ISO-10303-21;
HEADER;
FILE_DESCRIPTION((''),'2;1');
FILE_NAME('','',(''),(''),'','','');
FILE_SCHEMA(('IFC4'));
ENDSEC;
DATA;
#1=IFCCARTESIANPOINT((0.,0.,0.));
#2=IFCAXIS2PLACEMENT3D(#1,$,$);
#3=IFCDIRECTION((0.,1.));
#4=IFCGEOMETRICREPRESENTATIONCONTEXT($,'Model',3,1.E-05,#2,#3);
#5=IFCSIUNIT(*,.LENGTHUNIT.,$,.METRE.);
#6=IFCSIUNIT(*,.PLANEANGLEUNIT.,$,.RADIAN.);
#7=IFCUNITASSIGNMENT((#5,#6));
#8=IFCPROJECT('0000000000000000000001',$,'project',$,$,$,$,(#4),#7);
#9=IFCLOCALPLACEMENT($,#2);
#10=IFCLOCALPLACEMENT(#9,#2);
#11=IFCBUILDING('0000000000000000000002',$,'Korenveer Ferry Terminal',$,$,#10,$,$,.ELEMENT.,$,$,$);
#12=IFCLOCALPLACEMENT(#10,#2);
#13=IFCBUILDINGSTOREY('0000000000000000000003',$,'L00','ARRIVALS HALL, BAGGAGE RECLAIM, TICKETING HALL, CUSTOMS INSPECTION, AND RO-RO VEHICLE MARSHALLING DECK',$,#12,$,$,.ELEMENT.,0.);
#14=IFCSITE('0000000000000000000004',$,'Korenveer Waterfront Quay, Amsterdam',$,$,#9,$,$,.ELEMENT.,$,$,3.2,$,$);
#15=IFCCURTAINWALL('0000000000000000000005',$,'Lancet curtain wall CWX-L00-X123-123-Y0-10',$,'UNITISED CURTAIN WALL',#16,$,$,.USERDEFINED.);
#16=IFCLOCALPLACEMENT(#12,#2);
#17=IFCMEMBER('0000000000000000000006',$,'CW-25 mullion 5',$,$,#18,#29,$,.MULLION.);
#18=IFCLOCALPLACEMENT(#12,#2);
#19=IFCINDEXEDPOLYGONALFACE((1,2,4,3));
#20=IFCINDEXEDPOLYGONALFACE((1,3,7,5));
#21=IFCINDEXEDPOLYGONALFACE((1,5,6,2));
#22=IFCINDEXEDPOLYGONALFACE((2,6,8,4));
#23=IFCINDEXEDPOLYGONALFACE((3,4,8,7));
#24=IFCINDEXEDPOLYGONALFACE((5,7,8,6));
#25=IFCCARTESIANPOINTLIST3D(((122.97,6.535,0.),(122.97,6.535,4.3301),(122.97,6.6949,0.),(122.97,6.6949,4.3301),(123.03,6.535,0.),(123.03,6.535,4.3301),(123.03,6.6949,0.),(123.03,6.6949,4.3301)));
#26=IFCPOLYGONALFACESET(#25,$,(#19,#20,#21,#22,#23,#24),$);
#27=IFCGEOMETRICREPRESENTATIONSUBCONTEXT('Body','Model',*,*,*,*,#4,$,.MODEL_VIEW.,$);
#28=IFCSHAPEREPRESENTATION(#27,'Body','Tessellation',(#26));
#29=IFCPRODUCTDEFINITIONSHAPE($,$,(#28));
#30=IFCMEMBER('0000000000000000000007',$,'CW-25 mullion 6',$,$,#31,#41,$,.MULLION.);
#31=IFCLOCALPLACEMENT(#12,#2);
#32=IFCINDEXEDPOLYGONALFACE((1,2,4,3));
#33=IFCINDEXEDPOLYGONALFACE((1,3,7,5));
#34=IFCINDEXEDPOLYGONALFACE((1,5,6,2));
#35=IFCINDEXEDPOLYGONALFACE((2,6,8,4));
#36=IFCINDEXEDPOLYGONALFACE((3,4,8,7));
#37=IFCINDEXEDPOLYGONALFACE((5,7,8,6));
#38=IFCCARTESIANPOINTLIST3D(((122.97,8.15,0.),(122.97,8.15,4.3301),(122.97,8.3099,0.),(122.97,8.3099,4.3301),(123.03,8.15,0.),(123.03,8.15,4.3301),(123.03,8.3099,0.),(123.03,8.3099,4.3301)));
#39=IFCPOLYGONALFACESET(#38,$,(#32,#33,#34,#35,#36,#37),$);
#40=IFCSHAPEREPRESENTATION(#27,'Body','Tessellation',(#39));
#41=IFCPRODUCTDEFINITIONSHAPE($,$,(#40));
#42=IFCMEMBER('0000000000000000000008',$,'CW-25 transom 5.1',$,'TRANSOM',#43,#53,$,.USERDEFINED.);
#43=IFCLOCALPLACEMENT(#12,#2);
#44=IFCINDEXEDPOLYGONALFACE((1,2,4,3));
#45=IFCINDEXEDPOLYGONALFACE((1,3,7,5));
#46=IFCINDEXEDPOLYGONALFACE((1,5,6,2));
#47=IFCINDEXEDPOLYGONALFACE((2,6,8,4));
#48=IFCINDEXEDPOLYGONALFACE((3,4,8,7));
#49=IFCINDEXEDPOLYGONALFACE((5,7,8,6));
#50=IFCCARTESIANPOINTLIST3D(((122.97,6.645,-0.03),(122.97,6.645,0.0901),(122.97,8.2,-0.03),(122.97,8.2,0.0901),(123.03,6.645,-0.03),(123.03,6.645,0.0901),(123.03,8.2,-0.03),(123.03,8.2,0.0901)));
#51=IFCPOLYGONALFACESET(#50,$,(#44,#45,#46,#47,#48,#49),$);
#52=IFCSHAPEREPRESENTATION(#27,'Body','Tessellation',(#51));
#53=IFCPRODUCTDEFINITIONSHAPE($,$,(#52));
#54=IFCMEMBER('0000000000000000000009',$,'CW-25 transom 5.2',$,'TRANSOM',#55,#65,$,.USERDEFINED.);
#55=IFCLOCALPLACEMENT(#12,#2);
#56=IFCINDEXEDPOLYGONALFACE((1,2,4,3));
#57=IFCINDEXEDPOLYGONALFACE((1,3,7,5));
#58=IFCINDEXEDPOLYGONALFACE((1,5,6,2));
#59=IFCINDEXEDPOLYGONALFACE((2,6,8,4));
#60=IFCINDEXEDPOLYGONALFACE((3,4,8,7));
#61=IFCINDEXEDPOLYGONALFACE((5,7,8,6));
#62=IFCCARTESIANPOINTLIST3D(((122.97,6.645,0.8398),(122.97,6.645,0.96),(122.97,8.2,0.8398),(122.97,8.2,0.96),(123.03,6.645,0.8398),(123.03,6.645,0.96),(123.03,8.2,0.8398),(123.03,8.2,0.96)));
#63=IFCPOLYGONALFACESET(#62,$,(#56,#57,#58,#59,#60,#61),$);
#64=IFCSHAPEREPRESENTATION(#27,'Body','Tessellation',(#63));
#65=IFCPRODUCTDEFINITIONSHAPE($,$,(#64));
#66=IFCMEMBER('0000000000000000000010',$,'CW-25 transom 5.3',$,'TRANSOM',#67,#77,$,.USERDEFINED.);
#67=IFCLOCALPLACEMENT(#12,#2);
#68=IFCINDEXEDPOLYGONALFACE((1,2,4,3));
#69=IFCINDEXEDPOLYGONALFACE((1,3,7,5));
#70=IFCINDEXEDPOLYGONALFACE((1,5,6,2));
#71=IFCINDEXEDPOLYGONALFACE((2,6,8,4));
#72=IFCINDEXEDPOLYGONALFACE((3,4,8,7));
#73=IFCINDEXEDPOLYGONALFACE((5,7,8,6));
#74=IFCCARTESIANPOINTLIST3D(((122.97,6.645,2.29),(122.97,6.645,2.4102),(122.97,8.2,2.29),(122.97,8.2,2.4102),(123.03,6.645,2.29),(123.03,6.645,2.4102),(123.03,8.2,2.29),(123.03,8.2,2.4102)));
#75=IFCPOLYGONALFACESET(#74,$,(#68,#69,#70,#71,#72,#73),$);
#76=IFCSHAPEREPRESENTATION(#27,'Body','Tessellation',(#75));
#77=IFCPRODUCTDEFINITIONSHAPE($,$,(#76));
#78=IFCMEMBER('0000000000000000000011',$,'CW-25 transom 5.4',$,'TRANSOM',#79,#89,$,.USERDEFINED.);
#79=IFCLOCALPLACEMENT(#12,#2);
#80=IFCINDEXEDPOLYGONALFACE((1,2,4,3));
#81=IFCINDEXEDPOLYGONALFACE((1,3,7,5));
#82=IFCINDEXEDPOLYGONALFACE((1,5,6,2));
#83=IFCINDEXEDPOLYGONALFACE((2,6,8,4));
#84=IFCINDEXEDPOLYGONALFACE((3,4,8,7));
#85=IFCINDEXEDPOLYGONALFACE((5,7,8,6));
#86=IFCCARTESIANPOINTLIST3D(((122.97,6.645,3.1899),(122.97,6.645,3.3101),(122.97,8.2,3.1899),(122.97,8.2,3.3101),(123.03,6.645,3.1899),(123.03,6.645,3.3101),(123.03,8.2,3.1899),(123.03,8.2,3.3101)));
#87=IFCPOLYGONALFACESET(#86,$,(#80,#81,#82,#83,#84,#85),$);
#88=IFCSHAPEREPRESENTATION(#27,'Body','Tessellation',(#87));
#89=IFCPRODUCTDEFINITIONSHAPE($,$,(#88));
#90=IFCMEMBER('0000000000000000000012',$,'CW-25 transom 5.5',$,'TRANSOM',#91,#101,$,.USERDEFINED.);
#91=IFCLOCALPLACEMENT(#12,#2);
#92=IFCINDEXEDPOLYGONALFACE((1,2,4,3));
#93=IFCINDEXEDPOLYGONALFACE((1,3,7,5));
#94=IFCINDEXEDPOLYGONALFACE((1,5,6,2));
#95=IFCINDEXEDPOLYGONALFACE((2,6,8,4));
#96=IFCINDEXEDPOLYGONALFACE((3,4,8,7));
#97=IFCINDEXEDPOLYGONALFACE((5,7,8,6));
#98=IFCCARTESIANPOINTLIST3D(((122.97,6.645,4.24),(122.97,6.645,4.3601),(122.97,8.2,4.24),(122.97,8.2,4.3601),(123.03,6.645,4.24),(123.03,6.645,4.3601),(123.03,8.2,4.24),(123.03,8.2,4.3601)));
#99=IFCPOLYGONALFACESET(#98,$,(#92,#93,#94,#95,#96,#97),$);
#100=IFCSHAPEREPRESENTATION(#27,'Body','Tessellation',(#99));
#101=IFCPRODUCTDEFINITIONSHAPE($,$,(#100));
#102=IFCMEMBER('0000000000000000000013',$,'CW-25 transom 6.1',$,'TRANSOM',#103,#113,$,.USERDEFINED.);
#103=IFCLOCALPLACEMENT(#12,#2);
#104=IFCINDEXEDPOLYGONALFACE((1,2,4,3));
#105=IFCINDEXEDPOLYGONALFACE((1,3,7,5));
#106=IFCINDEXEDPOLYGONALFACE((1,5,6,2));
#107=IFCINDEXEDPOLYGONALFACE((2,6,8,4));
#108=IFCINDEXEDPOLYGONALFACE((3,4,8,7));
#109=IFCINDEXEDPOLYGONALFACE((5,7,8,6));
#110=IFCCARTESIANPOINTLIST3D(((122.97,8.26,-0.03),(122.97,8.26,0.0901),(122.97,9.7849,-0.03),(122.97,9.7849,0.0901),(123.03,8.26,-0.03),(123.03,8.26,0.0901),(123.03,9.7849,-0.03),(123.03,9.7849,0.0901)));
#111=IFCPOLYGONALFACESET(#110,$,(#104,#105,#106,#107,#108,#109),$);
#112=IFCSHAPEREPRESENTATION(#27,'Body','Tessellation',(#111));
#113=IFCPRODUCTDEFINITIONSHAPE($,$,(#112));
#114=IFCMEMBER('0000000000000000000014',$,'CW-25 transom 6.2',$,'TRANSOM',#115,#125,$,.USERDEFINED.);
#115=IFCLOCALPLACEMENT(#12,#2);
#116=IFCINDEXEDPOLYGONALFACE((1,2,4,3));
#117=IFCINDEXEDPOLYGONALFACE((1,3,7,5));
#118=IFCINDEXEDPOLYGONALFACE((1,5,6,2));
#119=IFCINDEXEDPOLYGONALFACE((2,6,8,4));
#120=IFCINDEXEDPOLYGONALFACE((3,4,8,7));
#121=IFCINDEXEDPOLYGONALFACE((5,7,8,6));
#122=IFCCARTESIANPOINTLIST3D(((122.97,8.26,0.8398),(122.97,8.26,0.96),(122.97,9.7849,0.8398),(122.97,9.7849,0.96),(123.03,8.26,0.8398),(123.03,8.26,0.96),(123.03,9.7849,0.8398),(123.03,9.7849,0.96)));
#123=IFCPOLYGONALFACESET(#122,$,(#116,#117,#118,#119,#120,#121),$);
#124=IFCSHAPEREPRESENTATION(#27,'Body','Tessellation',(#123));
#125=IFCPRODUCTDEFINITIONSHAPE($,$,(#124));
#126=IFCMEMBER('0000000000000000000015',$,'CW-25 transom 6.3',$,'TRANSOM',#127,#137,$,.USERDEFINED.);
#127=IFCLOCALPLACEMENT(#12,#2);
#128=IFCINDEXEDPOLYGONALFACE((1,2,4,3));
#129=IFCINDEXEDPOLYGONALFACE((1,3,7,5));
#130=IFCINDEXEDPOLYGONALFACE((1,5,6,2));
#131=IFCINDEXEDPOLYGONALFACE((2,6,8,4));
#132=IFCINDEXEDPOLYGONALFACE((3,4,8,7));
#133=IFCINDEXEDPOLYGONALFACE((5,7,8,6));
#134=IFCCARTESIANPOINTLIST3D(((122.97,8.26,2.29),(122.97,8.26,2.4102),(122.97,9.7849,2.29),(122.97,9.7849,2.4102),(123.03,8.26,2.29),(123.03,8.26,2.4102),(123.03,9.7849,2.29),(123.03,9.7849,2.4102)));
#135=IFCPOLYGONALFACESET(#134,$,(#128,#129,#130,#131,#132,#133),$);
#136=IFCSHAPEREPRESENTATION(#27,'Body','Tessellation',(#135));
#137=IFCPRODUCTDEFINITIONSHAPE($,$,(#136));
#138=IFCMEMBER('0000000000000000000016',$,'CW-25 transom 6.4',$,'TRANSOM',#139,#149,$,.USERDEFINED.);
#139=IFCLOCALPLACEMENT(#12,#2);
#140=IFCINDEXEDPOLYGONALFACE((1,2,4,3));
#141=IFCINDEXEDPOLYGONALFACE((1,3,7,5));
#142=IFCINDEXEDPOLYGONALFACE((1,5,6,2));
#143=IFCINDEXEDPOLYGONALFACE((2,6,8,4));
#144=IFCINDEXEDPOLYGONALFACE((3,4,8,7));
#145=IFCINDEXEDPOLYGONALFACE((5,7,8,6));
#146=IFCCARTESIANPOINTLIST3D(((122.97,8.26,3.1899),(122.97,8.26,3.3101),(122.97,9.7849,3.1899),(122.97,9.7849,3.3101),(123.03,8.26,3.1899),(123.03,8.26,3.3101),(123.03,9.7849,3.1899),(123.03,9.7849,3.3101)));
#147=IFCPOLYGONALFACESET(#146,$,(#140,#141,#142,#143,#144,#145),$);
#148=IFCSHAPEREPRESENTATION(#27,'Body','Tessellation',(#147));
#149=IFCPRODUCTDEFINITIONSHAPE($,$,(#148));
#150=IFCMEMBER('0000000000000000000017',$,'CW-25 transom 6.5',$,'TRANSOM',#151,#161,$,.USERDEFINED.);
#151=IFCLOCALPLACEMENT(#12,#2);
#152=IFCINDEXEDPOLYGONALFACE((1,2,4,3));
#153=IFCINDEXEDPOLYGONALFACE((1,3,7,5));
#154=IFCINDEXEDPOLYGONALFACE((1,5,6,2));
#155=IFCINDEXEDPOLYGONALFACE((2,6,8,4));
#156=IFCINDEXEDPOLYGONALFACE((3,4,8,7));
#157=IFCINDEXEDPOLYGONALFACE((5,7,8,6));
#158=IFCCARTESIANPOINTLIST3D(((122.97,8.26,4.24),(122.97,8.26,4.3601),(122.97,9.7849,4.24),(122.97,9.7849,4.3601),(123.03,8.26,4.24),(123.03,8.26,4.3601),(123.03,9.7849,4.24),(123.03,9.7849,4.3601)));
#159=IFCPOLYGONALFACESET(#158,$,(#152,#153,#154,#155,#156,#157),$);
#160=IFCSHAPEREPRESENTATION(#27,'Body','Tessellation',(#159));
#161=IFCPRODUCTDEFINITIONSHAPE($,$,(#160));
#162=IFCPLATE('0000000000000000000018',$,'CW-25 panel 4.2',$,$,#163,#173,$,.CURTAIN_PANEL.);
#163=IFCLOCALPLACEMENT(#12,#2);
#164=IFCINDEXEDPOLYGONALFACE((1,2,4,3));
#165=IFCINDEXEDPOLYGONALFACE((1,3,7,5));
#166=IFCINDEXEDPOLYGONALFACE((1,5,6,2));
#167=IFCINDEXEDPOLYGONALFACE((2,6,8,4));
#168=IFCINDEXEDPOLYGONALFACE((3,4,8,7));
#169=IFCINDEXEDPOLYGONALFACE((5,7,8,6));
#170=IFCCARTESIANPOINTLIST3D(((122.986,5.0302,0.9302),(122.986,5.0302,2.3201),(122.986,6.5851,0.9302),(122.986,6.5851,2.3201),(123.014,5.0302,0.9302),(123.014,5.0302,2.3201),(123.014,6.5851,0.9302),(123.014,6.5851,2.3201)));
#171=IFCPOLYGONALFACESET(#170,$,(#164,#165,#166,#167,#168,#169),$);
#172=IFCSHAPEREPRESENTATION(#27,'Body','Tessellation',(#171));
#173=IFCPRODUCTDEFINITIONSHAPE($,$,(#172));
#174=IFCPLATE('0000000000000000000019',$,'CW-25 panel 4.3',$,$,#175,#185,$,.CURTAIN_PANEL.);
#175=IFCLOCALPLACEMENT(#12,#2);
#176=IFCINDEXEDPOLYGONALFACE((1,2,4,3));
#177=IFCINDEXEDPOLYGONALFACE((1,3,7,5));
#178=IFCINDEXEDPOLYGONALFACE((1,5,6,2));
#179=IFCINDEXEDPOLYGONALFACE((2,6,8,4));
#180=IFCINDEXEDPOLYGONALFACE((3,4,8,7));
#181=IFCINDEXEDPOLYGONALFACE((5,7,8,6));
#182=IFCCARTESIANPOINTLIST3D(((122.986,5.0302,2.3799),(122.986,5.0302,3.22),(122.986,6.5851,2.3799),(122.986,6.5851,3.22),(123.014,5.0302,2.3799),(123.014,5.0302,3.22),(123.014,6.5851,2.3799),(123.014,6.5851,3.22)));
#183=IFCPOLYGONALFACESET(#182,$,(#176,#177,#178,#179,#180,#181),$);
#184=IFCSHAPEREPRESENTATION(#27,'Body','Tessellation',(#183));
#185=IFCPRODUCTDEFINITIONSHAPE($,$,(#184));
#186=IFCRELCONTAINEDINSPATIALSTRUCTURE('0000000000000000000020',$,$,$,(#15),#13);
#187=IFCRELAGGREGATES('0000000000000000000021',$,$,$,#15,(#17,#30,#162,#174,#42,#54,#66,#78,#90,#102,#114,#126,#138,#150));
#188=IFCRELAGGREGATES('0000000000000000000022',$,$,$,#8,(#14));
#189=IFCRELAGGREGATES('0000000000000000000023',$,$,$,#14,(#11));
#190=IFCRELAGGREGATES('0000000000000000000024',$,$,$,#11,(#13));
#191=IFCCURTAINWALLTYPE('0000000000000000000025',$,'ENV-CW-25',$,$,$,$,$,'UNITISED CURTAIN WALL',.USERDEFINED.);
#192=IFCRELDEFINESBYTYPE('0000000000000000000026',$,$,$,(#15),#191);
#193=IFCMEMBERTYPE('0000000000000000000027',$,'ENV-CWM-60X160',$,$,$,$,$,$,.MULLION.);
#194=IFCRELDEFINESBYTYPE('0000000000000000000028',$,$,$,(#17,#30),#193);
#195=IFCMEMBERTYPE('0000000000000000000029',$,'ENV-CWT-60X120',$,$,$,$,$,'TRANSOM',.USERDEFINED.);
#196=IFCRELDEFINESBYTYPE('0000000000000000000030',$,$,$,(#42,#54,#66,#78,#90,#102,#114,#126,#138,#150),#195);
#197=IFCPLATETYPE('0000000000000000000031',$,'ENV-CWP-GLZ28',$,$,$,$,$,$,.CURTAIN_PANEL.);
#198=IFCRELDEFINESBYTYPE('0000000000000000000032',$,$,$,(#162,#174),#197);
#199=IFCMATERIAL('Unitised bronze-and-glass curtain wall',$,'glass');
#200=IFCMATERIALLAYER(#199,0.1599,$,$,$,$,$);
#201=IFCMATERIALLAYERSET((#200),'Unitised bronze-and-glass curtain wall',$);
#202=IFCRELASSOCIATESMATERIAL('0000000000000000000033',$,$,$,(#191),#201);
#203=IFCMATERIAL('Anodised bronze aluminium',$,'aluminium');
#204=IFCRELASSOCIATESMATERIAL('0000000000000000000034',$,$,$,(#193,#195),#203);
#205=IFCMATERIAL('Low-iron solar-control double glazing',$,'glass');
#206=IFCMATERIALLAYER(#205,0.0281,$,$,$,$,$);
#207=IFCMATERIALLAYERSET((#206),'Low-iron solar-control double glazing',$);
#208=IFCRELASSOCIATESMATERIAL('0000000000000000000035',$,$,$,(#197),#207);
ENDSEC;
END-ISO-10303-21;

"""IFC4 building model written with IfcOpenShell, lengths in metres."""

from ifc_helpers import new_model, si_unit, direction, frame, origin, origin_2d, place, context, subcontext, project, spatial, rectangle, extrude, material, layer, layer_set, material_profile, profile_set, type_object, element, aggregate, save


model = new_model("IFC4")

# Units and contexts
model_context = context("Model", 3, precision=1e-05, world=origin(), true_north=direction((0.0, 1.0)))
body_context = subcontext(model_context, "Body", "Model", "MODEL_VIEW")
ifc_project = project(units=[si_unit("LENGTHUNIT", "METRE"), si_unit("PLANEANGLEUNIT", "RADIAN")], contexts=[model_context])

# Site, building, storey
site_placement = place(None, origin())
site = spatial("IfcSite", under=ifc_project, at=site_placement, Name="Korenveer Waterfront Quay, Amsterdam", CompositionType="ELEMENT", RefElevation=3.2)
building_placement = place(site_placement, origin())
building = spatial("IfcBuilding", under=site, at=building_placement, Name="Korenveer Ferry Terminal", CompositionType="ELEMENT")
storey_placement = place(building_placement, origin())
storey = spatial("IfcBuildingStorey", under=building, at=storey_placement, Name="L00", Description="ARRIVALS HALL, BAGGAGE RECLAIM, TICKETING HALL, CUSTOMS INSPECTION, AND RO-RO VEHICLE MARSHALLING DECK", CompositionType="ELEMENT", Elevation=0.0)

# Curtain wall, members, plates
ifc_material_1 = material(Name="Unitised bronze-and-glass curtain wall", Category="glass")
ifc_layer_1 = layer(ifc_material_1, 0.1599)
ifc_layer_set_1 = layer_set([ifc_layer_1], Name="Unitised bronze-and-glass curtain wall")
curtain_wall_type = type_object("IfcCurtainWallType", Name="ENV-CW-25", ElementType="UNITISED CURTAIN WALL", PredefinedType="USERDEFINED", material=ifc_layer_set_1)
curtain_wall_placement = place(storey_placement, frame((123.0, 0.155, 0.0)))
curtain_wall = element("IfcCurtainWall", 1, at=curtain_wall_placement, inside=storey, type_object=curtain_wall_type, Name="Lancet curtain wall CWX-L00-X123-123-Y0-10", ObjectType="UNITISED CURTAIN WALL", PredefinedType="USERDEFINED")
ifc_material_2 = material(Name="Anodised bronze aluminium", Category="aluminium")
ifc_material_profile_1 = material_profile(ifc_material_2, rectangle(XDim=0.0601, YDim=0.1599, at=origin_2d()), Name="ALU 60x160")
ifc_profile_set_1 = profile_set([ifc_material_profile_1], Name="Anodised bronze aluminium")
member_type_1 = type_object("IfcMemberType", Name="ENV-CWM-60X160", PredefinedType="MULLION", material=ifc_profile_set_1)
member_1_placement = place(storey_placement, frame((123.0, 6.615, 0.0), z_axis=(0.0, 0.0, 1.0), x_axis=(-1.0, 0.0, 0.0)))
member_1 = element("IfcMember", 2, at=member_1_placement, type_object=member_type_1, Name="CW-25 mullion 5", PredefinedType="MULLION", context=body_context, shape_type="SweptSolid", body=[
    extrude(rectangle(XDim=0.0601, YDim=0.1599, at=origin_2d()), origin(), (0.0, 0.0, 1.0), 4.3301),
])
member_2_placement = place(storey_placement, frame((123.0, 8.23, 0.0), z_axis=(0.0, 0.0, 1.0), x_axis=(-1.0, 0.0, 0.0)))
member_2 = element("IfcMember", 3, at=member_2_placement, type_object=member_type_1, Name="CW-25 mullion 6", PredefinedType="MULLION", context=body_context, shape_type="SweptSolid", body=[
    extrude(rectangle(XDim=0.0601, YDim=0.1599, at=origin_2d()), origin(), (0.0, 0.0, 1.0), 4.3301),
])
ifc_material_profile_2 = material_profile(ifc_material_2, rectangle(XDim=0.0601, YDim=0.1201, at=origin_2d()), Name="ALU 60x120")
ifc_profile_set_2 = profile_set([ifc_material_profile_2], Name="Anodised bronze aluminium")
member_type_2 = type_object("IfcMemberType", Name="ENV-CWT-60X120", ElementType="TRANSOM", PredefinedType="USERDEFINED", material=ifc_profile_set_2)
member_3_placement = place(storey_placement, frame((123.0, 6.645, 0.03), z_axis=(0.0, 1.0, 0.0), x_axis=(-1.0, 0.0, 0.0)))
member_3 = element("IfcMember", 4, at=member_3_placement, type_object=member_type_2, Name="CW-25 transom 5.1", ObjectType="TRANSOM", PredefinedType="USERDEFINED", context=body_context, shape_type="SweptSolid", body=[
    extrude(rectangle(XDim=0.0601, YDim=0.1201, at=origin_2d()), origin(), (0.0, 0.0, 1.0), 1.5549),
])
member_4_placement = place(storey_placement, frame((123.0, 6.645, 0.8999), z_axis=(0.0, 1.0, 0.0), x_axis=(-1.0, 0.0, 0.0)))
member_4 = element("IfcMember", 5, at=member_4_placement, type_object=member_type_2, Name="CW-25 transom 5.2", ObjectType="TRANSOM", PredefinedType="USERDEFINED", context=body_context, shape_type="SweptSolid", body=[
    extrude(rectangle(XDim=0.0601, YDim=0.1201, at=origin_2d()), origin(), (0.0, 0.0, 1.0), 1.5549),
])
member_5_placement = place(storey_placement, frame((123.0, 6.645, 2.3501), z_axis=(0.0, 1.0, 0.0), x_axis=(-1.0, 0.0, 0.0)))
member_5 = element("IfcMember", 6, at=member_5_placement, type_object=member_type_2, Name="CW-25 transom 5.3", ObjectType="TRANSOM", PredefinedType="USERDEFINED", context=body_context, shape_type="SweptSolid", body=[
    extrude(rectangle(XDim=0.0601, YDim=0.1201, at=origin_2d()), origin(), (0.0, 0.0, 1.0), 1.5549),
])
member_6_placement = place(storey_placement, frame((123.0, 6.645, 3.25), z_axis=(0.0, 1.0, 0.0), x_axis=(-1.0, 0.0, 0.0)))
member_6 = element("IfcMember", 7, at=member_6_placement, type_object=member_type_2, Name="CW-25 transom 5.4", ObjectType="TRANSOM", PredefinedType="USERDEFINED", context=body_context, shape_type="SweptSolid", body=[
    extrude(rectangle(XDim=0.0601, YDim=0.1201, at=origin_2d()), origin(), (0.0, 0.0, 1.0), 1.5549),
])
member_7_placement = place(storey_placement, frame((123.0, 6.645, 4.3), z_axis=(0.0, 1.0, 0.0), x_axis=(-1.0, 0.0, 0.0)))
member_7 = element("IfcMember", 8, at=member_7_placement, type_object=member_type_2, Name="CW-25 transom 5.5", ObjectType="TRANSOM", PredefinedType="USERDEFINED", context=body_context, shape_type="SweptSolid", body=[
    extrude(rectangle(XDim=0.0601, YDim=0.1201, at=origin_2d()), origin(), (0.0, 0.0, 1.0), 1.5549),
])
member_8_placement = place(storey_placement, frame((123.0, 8.26, 0.03), z_axis=(0.0, 1.0, 0.0), x_axis=(-1.0, 0.0, 0.0)))
member_8 = element("IfcMember", 9, at=member_8_placement, type_object=member_type_2, Name="CW-25 transom 6.1", ObjectType="TRANSOM", PredefinedType="USERDEFINED", context=body_context, shape_type="SweptSolid", body=[
    extrude(rectangle(XDim=0.0601, YDim=0.1201, at=origin_2d()), origin(), (0.0, 0.0, 1.0), 1.5249),
])
member_9_placement = place(storey_placement, frame((123.0, 8.26, 0.8999), z_axis=(0.0, 1.0, 0.0), x_axis=(-1.0, 0.0, 0.0)))
member_9 = element("IfcMember", 10, at=member_9_placement, type_object=member_type_2, Name="CW-25 transom 6.2", ObjectType="TRANSOM", PredefinedType="USERDEFINED", context=body_context, shape_type="SweptSolid", body=[
    extrude(rectangle(XDim=0.0601, YDim=0.1201, at=origin_2d()), origin(), (0.0, 0.0, 1.0), 1.5249),
])
member_10_placement = place(storey_placement, frame((123.0, 8.26, 2.3501), z_axis=(0.0, 1.0, 0.0), x_axis=(-1.0, 0.0, 0.0)))
member_10 = element("IfcMember", 11, at=member_10_placement, type_object=member_type_2, Name="CW-25 transom 6.3", ObjectType="TRANSOM", PredefinedType="USERDEFINED", context=body_context, shape_type="SweptSolid", body=[
    extrude(rectangle(XDim=0.0601, YDim=0.1201, at=origin_2d()), origin(), (0.0, 0.0, 1.0), 1.5249),
])
member_11_placement = place(storey_placement, frame((123.0, 8.26, 3.25), z_axis=(0.0, 1.0, 0.0), x_axis=(-1.0, 0.0, 0.0)))
member_11 = element("IfcMember", 12, at=member_11_placement, type_object=member_type_2, Name="CW-25 transom 6.4", ObjectType="TRANSOM", PredefinedType="USERDEFINED", context=body_context, shape_type="SweptSolid", body=[
    extrude(rectangle(XDim=0.0601, YDim=0.1201, at=origin_2d()), origin(), (0.0, 0.0, 1.0), 1.5249),
])
member_12_placement = place(storey_placement, frame((123.0, 8.26, 4.3), z_axis=(0.0, 1.0, 0.0), x_axis=(-1.0, 0.0, 0.0)))
member_12 = element("IfcMember", 13, at=member_12_placement, type_object=member_type_2, Name="CW-25 transom 6.5", ObjectType="TRANSOM", PredefinedType="USERDEFINED", context=body_context, shape_type="SweptSolid", body=[
    extrude(rectangle(XDim=0.0601, YDim=0.1201, at=origin_2d()), origin(), (0.0, 0.0, 1.0), 1.5249),
])
ifc_material_3 = material(Name="Low-iron solar-control double glazing", Category="glass")
ifc_layer_2 = layer(ifc_material_3, 0.0281)
ifc_layer_set_2 = layer_set([ifc_layer_2], Name="Low-iron solar-control double glazing")
plate_type = type_object("IfcPlateType", Name="ENV-CWP-GLZ28", PredefinedType="CURTAIN_PANEL", material=ifc_layer_set_2)
plate_1_placement = place(storey_placement, frame((123.0, 5.8076, 0.9302), z_axis=(0.0, 0.0, 1.0), x_axis=(0.0, 1.0, 0.0)))
plate_1 = element("IfcPlate", 14, at=plate_1_placement, type_object=plate_type, Name="CW-25 panel 4.2", PredefinedType="CURTAIN_PANEL", context=body_context, shape_type="SweptSolid", body=[
    extrude(rectangle(XDim=1.5549, YDim=0.0281, at=origin_2d()), origin(), (0.0, 0.0, 1.0), 1.3899),
])
plate_2_placement = place(storey_placement, frame((123.0, 5.8076, 2.3799), z_axis=(0.0, 0.0, 1.0), x_axis=(0.0, 1.0, 0.0)))
plate_2 = element("IfcPlate", 15, at=plate_2_placement, type_object=plate_type, Name="CW-25 panel 4.3", PredefinedType="CURTAIN_PANEL", context=body_context, shape_type="SweptSolid", body=[
    extrude(rectangle(XDim=1.5549, YDim=0.0281, at=origin_2d()), origin(), (0.0, 0.0, 1.0), 0.8401),
])
aggregate(curtain_wall, [member_1, member_2, plate_1, plate_2, member_3, member_4, member_5, member_6, member_7, member_8, member_9, member_10, member_11, member_12])

save(model, "model.ifc")
